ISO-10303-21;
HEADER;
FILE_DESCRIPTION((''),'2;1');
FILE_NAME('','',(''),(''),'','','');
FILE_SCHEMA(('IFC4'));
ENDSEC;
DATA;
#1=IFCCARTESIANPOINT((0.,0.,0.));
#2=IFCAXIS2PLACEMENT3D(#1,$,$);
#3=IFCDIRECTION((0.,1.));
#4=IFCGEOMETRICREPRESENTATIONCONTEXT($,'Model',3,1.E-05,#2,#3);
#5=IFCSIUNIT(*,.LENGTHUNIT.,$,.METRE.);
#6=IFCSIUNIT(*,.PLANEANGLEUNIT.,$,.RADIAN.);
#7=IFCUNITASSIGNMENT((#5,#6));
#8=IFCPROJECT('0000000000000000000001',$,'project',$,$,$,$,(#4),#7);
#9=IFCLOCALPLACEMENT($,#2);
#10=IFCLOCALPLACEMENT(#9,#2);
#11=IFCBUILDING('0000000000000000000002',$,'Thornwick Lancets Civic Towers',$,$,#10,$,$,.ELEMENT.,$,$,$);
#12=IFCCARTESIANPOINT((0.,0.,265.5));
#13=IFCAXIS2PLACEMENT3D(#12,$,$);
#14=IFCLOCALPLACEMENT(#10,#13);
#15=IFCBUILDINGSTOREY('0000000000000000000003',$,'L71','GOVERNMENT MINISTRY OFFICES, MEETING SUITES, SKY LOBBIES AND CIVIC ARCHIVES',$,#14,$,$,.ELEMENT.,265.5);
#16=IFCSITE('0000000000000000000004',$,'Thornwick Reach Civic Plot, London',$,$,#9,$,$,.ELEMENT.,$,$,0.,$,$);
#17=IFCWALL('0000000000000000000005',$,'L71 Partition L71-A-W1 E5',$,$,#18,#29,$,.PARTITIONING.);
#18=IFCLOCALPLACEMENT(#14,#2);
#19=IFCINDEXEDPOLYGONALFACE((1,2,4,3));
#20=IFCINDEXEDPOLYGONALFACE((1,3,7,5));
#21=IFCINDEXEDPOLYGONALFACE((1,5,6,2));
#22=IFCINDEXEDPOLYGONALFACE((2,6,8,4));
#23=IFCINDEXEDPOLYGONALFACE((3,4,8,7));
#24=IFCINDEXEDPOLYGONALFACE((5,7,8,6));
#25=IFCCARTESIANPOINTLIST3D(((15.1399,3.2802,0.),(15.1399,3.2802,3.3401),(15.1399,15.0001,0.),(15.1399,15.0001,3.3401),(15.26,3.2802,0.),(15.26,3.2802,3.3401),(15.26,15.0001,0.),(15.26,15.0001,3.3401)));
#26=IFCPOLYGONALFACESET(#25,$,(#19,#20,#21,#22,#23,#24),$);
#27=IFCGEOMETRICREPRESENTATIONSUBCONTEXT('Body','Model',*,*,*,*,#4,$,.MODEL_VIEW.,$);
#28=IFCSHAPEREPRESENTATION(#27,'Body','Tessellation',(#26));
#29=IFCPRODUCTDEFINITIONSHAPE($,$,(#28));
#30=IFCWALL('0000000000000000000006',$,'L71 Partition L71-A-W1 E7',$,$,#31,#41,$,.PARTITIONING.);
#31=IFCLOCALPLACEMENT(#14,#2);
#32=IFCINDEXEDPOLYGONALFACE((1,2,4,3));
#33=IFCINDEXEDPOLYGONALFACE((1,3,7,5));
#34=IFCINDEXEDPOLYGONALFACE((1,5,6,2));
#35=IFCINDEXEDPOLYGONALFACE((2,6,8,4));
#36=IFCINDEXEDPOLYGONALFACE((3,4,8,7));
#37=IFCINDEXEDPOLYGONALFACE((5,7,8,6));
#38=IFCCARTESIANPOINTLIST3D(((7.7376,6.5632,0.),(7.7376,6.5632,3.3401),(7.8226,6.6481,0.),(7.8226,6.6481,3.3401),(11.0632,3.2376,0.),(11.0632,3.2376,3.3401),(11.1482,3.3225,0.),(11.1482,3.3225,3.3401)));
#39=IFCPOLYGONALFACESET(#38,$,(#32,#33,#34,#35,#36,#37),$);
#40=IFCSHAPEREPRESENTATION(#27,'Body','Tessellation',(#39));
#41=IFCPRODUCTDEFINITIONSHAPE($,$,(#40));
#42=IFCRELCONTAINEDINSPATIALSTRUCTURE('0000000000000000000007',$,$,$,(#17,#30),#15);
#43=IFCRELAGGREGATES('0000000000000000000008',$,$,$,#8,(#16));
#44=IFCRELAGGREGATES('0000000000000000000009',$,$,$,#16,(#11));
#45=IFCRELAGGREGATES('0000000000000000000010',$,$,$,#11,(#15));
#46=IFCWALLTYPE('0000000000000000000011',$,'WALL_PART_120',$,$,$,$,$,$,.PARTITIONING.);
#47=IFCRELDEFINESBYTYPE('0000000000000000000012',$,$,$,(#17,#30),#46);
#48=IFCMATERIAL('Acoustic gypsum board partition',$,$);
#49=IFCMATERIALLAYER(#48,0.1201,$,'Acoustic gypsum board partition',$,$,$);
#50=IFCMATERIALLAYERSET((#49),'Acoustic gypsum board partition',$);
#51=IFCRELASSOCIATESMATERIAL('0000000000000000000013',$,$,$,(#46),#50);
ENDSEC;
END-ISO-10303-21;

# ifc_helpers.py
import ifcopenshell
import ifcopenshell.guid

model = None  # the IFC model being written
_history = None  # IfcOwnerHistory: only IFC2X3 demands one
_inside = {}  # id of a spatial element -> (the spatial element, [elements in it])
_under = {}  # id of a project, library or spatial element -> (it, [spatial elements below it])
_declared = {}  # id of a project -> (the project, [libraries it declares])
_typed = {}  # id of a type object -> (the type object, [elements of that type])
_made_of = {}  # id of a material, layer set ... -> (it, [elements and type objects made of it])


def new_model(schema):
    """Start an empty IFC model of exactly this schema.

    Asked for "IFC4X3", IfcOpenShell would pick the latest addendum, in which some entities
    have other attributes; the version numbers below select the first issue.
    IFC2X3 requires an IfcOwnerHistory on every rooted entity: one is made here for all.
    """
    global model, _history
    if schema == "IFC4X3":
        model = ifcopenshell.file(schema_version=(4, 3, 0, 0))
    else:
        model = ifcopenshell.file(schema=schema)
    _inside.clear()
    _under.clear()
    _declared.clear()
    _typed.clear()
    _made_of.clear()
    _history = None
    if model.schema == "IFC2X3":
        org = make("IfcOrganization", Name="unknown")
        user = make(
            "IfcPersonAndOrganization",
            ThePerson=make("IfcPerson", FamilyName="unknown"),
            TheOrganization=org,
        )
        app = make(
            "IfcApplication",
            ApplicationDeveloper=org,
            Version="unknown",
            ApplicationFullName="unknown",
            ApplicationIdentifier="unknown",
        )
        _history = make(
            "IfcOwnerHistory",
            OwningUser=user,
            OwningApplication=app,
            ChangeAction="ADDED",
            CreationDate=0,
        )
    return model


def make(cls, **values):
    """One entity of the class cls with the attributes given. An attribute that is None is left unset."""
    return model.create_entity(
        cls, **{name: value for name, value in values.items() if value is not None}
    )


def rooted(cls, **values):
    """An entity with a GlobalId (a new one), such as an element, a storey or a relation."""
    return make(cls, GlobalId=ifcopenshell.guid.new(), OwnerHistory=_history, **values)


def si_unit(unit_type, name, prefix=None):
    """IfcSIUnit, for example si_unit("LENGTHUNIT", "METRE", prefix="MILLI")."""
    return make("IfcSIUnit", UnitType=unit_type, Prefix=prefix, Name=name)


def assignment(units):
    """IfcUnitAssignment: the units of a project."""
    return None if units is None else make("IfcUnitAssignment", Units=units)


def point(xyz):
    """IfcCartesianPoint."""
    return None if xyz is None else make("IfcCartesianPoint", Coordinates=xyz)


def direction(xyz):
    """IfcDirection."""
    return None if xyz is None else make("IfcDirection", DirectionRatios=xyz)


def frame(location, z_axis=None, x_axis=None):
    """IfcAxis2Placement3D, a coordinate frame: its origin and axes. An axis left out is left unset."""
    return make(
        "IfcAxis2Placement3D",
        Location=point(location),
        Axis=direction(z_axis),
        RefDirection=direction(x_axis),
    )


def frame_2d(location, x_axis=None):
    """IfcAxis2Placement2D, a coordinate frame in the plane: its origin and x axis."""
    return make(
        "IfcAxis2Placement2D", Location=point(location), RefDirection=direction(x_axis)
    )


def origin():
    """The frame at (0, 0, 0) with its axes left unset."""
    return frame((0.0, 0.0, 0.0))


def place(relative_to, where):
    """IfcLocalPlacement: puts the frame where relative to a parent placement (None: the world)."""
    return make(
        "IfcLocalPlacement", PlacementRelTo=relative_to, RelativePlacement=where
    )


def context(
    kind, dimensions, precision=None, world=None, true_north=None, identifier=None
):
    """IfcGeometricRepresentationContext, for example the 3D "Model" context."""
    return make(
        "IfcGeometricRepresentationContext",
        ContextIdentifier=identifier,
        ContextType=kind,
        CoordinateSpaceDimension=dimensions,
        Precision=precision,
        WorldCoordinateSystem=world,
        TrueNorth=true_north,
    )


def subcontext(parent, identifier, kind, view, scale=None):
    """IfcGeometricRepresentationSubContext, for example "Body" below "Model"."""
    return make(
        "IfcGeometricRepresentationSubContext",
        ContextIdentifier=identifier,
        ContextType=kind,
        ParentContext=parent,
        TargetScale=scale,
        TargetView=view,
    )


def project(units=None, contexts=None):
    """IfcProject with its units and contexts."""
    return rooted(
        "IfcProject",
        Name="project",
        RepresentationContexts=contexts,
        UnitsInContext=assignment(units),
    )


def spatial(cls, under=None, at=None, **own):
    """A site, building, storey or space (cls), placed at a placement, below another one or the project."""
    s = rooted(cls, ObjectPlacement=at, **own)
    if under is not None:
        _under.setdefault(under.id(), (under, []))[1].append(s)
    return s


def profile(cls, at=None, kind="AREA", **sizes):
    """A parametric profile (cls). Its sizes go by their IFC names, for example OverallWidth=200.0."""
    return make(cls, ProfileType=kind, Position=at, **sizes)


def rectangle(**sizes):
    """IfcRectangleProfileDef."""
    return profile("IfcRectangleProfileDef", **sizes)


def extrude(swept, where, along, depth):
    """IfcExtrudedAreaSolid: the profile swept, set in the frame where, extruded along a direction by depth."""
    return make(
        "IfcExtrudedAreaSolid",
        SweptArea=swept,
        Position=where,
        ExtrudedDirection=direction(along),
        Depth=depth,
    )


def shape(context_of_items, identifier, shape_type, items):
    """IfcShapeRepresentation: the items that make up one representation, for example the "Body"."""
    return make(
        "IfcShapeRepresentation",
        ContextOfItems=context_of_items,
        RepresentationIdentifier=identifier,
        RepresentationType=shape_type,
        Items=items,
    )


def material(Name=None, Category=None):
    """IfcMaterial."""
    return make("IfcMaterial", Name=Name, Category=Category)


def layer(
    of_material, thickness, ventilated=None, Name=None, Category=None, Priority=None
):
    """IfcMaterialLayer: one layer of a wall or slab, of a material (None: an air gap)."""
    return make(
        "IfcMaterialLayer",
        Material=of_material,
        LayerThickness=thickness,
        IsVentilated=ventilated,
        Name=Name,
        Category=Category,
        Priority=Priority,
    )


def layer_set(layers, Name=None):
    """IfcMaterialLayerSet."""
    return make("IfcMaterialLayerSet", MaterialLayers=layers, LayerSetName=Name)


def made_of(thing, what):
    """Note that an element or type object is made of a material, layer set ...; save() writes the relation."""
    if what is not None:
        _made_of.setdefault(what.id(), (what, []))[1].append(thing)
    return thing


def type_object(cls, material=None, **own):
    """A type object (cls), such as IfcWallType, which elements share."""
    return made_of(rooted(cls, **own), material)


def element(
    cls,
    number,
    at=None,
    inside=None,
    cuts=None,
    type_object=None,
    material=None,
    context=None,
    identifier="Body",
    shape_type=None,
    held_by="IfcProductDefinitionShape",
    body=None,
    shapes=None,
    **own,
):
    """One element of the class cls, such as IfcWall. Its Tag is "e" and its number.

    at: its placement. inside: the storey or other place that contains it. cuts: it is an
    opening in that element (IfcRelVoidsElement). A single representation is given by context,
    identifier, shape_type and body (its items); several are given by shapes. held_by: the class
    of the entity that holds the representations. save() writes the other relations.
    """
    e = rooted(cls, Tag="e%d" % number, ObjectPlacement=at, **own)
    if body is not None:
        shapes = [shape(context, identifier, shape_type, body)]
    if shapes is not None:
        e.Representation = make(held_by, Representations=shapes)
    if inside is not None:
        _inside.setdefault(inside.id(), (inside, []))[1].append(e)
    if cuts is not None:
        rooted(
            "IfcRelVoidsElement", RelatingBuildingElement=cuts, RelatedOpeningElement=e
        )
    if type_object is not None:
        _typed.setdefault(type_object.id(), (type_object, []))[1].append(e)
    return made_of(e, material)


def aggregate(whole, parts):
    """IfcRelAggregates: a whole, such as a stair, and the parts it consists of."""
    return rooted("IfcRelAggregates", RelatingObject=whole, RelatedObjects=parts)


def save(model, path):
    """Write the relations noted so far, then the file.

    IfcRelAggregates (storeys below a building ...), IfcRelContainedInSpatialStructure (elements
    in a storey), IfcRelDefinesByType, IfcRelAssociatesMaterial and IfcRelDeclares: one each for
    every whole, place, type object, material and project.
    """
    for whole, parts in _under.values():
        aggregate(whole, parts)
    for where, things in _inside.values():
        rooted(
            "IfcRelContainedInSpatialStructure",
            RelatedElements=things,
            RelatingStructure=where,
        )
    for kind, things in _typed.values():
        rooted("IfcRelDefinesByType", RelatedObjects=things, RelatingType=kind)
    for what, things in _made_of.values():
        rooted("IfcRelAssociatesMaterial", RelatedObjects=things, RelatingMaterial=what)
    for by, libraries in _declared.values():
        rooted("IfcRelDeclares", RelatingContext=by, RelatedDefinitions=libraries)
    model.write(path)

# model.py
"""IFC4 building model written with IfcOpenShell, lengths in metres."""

from ifc_helpers import new_model, si_unit, direction, frame, frame_2d, origin, place, context, subcontext, project, spatial, rectangle, extrude, material, layer, layer_set, type_object, element, save


model = new_model("IFC4")

# Units and contexts
model_context = context("Model", 3, precision=1e-05, world=origin(), true_north=direction((0.0, 1.0)))
body_context = subcontext(model_context, "Body", "Model", "MODEL_VIEW")
ifc_project = project(units=[si_unit("LENGTHUNIT", "METRE"), si_unit("PLANEANGLEUNIT", "RADIAN")], contexts=[model_context])

# Site, building, storey
site_placement = place(None, origin())
site = spatial("IfcSite", under=ifc_project, at=site_placement, Name="Thornwick Reach Civic Plot, London", CompositionType="ELEMENT", RefElevation=0.0)
building_placement = place(site_placement, origin())
building = spatial("IfcBuilding", under=site, at=building_placement, Name="Thornwick Lancets Civic Towers", CompositionType="ELEMENT")
storey_placement = place(building_placement, frame((0.0, 0.0, 265.5)))
storey = spatial("IfcBuildingStorey", under=building, at=storey_placement, Name="L71", Description="GOVERNMENT MINISTRY OFFICES, MEETING SUITES, SKY LOBBIES AND CIVIC ARCHIVES", CompositionType="ELEMENT", Elevation=265.5)

# Walls
ifc_material_1 = material(Name="Acoustic gypsum board partition")
ifc_layer_1 = layer(ifc_material_1, 0.1201, Name="Acoustic gypsum board partition")
ifc_layer_set_1 = layer_set([ifc_layer_1], Name="Acoustic gypsum board partition")
wall_type_1 = type_object("IfcWallType", Name="WALL_PART_120", PredefinedType="PARTITIONING", material=ifc_layer_set_1)
wall_1_placement = place(storey_placement, frame((15.2, 15.0, 0.0), z_axis=(0.0, 0.0, 1.0), x_axis=(0.0, -1.0, 0.0)))
element("IfcWall", 1, at=wall_1_placement, inside=storey, type_object=wall_type_1, Name="L71 Partition L71-A-W1 E5", PredefinedType="PARTITIONING", context=body_context, shape_type="SweptSolid", body=[
    extrude(rectangle(XDim=11.72, YDim=0.1201, at=frame_2d((5.8599, 0.0))), origin(), (0.0, 0.0, 1.0), 3.3401),
])
wall_2_placement = place(storey_placement, frame((11.1057, 3.28, 0.0), z_axis=(0.0, 0.0, 1.0), x_axis=(-0.707107, 0.707107, 0.0)))
element("IfcWall", 2, at=wall_2_placement, inside=storey, type_object=wall_type_1, Name="L71 Partition L71-A-W1 E7", PredefinedType="PARTITIONING", context=body_context, shape_type="SweptSolid", body=[
    extrude(rectangle(XDim=4.7031, YDim=0.1201, at=frame_2d((2.3516, 0.0))), origin(), (0.0, 0.0, 1.0), 3.3401),
])

save(model, "model.ifc")
